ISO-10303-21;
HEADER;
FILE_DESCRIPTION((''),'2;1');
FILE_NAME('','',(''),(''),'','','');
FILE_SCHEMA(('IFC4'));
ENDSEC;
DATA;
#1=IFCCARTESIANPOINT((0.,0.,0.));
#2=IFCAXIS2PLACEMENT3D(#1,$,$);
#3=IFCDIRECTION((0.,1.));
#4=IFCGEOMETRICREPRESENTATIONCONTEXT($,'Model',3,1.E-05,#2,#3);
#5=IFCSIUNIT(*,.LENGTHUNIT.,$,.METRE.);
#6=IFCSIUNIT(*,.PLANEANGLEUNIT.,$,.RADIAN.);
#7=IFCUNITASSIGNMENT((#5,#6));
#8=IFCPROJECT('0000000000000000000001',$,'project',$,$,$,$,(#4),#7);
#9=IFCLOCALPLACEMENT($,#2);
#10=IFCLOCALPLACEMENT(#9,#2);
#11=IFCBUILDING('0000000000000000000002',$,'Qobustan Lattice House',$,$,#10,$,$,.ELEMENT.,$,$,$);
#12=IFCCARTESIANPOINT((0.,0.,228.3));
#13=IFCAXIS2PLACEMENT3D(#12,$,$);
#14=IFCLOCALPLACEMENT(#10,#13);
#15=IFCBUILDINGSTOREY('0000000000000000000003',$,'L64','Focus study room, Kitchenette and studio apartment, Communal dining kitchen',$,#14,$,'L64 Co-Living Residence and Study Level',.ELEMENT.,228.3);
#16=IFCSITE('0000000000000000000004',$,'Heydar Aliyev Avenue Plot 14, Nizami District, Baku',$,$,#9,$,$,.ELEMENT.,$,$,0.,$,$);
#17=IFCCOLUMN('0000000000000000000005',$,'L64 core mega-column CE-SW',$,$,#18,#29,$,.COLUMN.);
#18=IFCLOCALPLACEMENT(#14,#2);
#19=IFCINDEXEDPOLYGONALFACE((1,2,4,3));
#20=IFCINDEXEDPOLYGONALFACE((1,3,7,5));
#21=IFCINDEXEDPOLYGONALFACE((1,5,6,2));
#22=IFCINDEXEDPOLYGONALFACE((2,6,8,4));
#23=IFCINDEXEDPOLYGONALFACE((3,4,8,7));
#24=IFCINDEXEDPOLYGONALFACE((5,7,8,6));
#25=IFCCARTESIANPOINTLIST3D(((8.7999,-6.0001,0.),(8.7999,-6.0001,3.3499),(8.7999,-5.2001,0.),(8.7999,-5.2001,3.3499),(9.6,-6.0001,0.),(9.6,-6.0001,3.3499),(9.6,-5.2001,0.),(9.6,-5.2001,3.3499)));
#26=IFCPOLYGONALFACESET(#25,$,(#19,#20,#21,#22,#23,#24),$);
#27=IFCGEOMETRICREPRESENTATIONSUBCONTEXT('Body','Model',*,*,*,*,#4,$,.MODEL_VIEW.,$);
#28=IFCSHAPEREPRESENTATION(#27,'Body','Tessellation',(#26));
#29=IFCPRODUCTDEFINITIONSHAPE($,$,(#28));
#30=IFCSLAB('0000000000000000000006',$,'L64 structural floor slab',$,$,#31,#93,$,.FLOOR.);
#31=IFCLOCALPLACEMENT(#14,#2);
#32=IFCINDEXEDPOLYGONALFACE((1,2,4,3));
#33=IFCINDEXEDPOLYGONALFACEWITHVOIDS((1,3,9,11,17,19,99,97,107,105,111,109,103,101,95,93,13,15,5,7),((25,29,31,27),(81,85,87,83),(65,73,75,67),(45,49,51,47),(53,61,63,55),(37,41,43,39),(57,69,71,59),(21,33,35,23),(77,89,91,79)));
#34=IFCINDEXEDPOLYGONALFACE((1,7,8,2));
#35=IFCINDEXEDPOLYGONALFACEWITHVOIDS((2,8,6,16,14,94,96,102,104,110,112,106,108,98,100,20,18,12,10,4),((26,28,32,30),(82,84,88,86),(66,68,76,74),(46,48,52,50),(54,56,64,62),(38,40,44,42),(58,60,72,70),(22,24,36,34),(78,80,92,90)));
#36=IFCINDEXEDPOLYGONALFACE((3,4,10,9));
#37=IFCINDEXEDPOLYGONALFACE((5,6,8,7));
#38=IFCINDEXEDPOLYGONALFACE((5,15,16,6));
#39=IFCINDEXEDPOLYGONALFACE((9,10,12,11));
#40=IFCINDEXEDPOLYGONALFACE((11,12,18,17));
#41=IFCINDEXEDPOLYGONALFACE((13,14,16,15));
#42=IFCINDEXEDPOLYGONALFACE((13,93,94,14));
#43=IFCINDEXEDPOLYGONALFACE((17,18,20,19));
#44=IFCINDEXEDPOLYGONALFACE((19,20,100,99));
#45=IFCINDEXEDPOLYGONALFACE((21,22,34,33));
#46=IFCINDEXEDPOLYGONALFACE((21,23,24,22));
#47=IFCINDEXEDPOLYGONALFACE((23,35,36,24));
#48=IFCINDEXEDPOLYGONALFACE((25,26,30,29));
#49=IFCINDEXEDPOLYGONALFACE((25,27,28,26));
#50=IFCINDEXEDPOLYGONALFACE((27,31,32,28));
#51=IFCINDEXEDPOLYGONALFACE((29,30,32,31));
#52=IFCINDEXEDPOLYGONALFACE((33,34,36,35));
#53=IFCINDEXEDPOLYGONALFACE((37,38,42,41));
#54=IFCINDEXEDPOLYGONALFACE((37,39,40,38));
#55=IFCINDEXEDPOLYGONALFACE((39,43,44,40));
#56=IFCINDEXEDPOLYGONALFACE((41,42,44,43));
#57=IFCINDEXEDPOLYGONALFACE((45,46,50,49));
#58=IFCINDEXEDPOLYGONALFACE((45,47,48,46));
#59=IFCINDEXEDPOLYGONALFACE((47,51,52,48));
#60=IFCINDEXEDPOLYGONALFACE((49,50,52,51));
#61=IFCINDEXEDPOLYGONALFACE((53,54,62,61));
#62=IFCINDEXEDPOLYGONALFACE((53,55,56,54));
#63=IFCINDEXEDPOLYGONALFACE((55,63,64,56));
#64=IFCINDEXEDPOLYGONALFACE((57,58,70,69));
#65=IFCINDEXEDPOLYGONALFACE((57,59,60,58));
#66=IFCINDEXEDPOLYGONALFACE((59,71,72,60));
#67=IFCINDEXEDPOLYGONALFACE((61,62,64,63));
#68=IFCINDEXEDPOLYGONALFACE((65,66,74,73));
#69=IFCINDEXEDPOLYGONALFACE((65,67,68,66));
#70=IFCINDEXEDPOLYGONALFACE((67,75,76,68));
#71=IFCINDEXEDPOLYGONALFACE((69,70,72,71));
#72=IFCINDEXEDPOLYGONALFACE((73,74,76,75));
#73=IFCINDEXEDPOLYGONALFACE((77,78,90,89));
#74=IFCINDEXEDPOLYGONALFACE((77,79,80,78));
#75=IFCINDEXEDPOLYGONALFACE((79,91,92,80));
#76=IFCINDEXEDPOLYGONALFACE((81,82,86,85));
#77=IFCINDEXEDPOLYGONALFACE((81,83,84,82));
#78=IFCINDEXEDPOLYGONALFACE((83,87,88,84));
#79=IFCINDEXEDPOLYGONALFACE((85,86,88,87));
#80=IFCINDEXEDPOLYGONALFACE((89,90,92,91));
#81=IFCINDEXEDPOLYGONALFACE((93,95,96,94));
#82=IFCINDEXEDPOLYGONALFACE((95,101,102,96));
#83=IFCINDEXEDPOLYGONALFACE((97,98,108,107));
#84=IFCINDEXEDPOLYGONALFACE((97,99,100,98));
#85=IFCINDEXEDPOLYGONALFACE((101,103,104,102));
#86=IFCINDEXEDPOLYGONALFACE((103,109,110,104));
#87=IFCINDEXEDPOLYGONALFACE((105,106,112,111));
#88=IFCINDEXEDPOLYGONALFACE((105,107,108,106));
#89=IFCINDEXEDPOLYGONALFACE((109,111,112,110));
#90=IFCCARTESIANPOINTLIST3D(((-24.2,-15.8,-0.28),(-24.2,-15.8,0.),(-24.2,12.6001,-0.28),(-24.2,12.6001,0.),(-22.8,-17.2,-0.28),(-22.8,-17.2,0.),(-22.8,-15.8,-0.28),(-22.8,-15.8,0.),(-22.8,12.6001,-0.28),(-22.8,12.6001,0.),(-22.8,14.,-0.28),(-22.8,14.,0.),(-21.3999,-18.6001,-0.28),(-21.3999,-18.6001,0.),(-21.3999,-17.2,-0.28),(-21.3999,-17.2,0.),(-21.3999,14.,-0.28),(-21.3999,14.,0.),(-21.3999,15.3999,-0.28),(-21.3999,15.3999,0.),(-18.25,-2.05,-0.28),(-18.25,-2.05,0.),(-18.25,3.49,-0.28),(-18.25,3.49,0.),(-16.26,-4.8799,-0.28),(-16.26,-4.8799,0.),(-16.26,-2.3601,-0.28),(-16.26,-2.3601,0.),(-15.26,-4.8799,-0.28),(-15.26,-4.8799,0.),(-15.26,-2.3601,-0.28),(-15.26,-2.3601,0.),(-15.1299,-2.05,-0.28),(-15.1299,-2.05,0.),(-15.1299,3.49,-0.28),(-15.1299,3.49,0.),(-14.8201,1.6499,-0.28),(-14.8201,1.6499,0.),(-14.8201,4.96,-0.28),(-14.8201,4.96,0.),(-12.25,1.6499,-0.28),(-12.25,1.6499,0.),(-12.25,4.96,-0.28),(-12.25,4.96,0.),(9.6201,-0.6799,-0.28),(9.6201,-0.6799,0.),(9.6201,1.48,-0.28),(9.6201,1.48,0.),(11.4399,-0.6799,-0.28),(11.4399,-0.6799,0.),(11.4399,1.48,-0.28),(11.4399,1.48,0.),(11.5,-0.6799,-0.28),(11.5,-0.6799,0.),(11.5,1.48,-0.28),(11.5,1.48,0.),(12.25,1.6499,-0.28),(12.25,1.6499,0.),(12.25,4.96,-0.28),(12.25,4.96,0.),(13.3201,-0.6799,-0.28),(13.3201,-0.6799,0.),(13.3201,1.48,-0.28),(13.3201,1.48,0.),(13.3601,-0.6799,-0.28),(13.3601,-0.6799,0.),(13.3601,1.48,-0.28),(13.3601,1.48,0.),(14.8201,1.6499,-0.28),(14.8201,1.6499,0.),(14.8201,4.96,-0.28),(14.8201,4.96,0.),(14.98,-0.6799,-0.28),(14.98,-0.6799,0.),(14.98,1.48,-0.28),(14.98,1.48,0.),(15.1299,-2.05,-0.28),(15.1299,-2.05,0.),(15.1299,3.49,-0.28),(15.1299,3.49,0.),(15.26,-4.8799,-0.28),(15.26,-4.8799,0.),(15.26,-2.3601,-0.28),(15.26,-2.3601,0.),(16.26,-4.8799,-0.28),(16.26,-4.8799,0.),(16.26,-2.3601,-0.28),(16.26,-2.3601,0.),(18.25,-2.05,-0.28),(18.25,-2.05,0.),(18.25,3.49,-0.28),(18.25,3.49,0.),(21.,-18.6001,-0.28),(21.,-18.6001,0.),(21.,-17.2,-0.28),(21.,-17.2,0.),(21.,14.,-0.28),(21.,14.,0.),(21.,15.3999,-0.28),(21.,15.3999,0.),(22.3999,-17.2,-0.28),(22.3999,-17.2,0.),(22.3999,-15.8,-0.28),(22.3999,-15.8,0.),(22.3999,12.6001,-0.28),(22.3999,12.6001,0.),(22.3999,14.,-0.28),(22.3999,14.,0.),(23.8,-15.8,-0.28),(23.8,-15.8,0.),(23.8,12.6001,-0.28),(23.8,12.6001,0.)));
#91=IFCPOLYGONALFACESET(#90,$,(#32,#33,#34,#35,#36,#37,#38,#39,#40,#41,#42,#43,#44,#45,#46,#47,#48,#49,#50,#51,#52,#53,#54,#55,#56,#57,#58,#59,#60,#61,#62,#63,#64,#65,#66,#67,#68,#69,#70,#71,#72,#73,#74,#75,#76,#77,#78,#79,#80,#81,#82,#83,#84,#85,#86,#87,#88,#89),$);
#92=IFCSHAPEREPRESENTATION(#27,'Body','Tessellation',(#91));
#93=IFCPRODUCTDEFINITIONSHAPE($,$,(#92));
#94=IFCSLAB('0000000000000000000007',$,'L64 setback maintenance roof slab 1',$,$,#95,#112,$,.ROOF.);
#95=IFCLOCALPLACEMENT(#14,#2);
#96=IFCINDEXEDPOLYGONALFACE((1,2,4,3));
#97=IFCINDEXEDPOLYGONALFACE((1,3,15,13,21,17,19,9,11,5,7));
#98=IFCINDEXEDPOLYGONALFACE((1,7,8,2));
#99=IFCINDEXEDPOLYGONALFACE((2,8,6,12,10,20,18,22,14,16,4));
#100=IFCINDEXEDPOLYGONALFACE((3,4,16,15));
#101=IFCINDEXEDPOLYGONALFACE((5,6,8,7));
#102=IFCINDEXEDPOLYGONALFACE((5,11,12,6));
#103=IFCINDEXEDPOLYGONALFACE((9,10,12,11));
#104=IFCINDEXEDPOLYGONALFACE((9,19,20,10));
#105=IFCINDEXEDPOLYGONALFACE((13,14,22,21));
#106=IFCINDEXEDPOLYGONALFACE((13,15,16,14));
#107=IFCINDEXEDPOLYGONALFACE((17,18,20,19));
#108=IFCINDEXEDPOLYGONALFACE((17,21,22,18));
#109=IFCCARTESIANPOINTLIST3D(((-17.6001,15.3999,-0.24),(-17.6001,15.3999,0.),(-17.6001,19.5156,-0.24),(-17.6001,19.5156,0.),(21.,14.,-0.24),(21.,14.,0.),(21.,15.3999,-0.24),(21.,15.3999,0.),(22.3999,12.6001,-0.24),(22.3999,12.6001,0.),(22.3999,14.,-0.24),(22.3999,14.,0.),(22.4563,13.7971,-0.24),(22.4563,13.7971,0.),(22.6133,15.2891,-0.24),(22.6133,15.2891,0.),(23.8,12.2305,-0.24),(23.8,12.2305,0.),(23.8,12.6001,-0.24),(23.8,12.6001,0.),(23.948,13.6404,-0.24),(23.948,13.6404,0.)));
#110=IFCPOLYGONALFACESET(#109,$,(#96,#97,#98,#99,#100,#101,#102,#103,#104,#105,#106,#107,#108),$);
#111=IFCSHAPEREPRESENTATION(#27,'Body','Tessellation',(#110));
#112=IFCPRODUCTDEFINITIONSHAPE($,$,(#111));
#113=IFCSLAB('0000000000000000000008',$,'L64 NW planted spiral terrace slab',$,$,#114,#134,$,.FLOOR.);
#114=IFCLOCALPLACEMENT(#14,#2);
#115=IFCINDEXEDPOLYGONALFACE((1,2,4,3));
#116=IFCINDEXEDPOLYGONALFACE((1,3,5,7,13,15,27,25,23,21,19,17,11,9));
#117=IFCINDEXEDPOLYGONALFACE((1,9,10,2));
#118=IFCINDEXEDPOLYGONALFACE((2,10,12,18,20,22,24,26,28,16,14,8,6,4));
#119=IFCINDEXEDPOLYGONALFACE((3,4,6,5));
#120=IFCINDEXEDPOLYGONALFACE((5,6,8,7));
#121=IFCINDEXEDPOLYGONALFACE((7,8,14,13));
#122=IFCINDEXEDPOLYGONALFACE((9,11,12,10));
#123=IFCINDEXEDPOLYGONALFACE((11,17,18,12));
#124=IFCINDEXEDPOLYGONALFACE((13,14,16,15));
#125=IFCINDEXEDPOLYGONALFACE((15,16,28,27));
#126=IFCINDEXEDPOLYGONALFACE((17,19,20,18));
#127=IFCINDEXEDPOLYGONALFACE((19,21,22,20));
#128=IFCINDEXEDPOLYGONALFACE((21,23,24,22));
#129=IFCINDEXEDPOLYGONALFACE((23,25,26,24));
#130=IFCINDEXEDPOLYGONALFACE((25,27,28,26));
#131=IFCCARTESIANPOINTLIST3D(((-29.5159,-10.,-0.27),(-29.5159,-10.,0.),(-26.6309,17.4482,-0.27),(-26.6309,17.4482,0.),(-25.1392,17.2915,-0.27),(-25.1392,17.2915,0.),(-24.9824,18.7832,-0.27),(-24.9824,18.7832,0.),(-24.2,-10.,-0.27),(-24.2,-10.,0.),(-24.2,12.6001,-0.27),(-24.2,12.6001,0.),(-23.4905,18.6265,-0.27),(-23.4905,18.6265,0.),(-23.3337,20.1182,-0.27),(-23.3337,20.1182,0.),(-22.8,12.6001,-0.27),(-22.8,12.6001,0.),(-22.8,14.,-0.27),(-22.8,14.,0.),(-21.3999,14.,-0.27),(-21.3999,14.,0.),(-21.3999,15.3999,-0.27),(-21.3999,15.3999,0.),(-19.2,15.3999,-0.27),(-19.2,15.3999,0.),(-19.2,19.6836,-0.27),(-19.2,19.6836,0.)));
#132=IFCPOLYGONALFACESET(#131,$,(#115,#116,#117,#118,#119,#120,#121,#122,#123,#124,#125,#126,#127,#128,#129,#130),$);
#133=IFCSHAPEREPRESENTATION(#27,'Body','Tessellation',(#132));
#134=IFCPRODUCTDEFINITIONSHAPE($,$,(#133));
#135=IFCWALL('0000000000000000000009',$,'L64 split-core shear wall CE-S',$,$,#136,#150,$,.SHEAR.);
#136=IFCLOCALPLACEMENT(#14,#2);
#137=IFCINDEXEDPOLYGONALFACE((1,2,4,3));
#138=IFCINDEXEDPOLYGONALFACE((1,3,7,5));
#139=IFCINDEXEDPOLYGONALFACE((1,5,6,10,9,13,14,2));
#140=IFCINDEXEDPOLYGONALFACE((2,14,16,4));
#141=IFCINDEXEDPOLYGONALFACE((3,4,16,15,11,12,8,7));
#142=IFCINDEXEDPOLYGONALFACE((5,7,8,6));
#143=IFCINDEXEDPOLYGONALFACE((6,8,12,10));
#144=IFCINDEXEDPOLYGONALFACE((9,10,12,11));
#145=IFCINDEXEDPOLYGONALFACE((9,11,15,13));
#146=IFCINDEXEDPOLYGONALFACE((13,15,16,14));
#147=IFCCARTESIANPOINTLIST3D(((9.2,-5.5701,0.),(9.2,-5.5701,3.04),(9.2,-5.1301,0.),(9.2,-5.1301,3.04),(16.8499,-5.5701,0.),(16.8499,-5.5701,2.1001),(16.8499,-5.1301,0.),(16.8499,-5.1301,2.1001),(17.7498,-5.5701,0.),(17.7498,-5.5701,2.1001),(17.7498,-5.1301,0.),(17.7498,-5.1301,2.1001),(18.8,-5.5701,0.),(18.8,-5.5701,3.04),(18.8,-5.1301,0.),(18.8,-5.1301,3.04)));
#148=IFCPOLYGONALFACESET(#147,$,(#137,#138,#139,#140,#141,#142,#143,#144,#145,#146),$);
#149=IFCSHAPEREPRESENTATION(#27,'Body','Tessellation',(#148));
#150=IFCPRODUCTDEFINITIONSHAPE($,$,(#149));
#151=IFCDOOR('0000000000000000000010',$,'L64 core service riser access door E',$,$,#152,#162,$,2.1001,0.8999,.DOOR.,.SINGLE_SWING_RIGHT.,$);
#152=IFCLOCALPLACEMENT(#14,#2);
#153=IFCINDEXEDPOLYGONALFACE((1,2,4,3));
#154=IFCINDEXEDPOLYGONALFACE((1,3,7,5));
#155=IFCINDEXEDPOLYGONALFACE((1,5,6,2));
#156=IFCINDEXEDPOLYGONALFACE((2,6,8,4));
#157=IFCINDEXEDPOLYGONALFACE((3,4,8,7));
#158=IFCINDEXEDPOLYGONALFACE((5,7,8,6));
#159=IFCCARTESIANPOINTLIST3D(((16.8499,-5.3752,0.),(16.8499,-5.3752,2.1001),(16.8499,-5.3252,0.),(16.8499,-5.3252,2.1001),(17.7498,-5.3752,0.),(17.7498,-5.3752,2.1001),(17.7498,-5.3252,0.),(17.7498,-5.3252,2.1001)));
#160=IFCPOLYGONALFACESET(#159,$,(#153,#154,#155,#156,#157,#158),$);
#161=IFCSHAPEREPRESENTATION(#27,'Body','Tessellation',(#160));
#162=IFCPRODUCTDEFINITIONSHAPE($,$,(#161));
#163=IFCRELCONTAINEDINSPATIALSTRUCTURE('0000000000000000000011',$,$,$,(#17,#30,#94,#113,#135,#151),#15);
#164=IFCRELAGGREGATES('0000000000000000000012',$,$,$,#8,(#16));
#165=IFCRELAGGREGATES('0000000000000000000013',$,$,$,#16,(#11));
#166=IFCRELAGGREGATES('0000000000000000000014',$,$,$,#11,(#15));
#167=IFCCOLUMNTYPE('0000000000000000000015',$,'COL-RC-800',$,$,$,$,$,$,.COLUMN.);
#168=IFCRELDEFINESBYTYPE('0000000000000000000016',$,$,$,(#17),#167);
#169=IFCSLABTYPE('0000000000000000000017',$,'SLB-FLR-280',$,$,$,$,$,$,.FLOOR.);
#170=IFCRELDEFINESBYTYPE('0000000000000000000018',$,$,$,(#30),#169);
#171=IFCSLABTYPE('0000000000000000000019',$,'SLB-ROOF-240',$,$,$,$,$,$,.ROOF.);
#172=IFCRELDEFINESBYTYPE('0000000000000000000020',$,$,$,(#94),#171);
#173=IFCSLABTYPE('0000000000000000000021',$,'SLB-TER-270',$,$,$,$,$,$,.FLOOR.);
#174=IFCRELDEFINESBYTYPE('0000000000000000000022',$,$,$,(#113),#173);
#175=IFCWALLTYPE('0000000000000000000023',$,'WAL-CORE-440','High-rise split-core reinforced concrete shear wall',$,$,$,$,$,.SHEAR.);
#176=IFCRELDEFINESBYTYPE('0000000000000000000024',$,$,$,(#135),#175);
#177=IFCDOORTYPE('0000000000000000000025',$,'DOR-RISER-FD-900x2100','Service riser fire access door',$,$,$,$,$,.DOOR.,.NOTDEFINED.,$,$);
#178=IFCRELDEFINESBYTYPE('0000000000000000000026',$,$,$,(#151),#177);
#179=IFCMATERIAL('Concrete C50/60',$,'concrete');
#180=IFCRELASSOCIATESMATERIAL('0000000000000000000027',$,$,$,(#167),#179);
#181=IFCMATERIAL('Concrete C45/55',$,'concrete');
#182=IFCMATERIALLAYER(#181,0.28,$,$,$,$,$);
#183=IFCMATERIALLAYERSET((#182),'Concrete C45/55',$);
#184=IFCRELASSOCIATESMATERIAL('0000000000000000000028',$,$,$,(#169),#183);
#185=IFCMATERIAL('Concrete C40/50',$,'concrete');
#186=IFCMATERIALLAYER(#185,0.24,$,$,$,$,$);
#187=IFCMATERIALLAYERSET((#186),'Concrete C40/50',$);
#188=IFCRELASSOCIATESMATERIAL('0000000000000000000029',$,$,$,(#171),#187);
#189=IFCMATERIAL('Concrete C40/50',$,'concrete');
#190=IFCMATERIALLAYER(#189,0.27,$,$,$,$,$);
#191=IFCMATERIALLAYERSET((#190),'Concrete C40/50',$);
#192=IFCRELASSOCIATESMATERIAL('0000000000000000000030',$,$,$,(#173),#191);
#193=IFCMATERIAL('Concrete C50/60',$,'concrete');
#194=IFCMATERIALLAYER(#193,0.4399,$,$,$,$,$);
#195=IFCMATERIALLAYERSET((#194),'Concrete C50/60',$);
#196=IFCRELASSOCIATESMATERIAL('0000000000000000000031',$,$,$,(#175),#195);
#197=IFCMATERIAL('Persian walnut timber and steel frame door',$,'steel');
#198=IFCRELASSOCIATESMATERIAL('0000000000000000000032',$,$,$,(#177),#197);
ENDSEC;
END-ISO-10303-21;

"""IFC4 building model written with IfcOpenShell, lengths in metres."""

from ifc_helpers import new_model, si_unit, direction, frame, frame_2d, origin, origin_2d, place, context, subcontext, project, spatial, polyline, rectangle, outline, extrude, material, layer, layer_set, material_profile, profile_set, type_object, element, fill, save


model = new_model("IFC4")

# Units and contexts
model_context = context("Model", 3, precision=1e-05, world=origin(), true_north=direction((0.0, 1.0)))
body_context = subcontext(model_context, "Body", "Model", "MODEL_VIEW")
ifc_project = project(units=[si_unit("LENGTHUNIT", "METRE"), si_unit("PLANEANGLEUNIT", "RADIAN")], contexts=[model_context])

# Site, building, storey
site_placement = place(None, origin())
site = spatial("IfcSite", under=ifc_project, at=site_placement, Name="Heydar Aliyev Avenue Plot 14, Nizami District, Baku", CompositionType="ELEMENT", RefElevation=0.0)
building_placement = place(site_placement, origin())
building = spatial("IfcBuilding", under=site, at=building_placement, Name="Qobustan Lattice House", CompositionType="ELEMENT")
storey_placement = place(building_placement, frame((0.0, 0.0, 228.3)))
storey = spatial("IfcBuildingStorey", under=building, at=storey_placement, Name="L64", Description="Focus study room, Kitchenette and studio apartment, Communal dining kitchen", LongName="L64 Co-Living Residence and Study Level", CompositionType="ELEMENT", Elevation=228.3)

# Column
ifc_material_1 = material(Name="Concrete C50/60", Category="concrete")
ifc_material_profile = material_profile(ifc_material_1, rectangle(XDim=0.8, YDim=0.8, at=origin_2d()), Name="RC800x800")
ifc_profile_set = profile_set([ifc_material_profile], Name="Concrete C50/60")
column_type = type_object("IfcColumnType", Name="COL-RC-800", PredefinedType="COLUMN", material=ifc_profile_set)
column_placement = place(storey_placement, frame((9.2, -5.6001, 0.0), z_axis=(0.0, 0.0, 1.0), x_axis=(1.0, 0.0, 0.0)))
element("IfcColumn", 1, at=column_placement, inside=storey, type_object=column_type, Name="L64 core mega-column CE-SW", PredefinedType="COLUMN", context=body_context, shape_type="SweptSolid", body=[
    extrude(rectangle(XDim=0.8, YDim=0.8, at=origin_2d()), origin(), (0.0, 0.0, 1.0), 3.3499),
])

# Slabs
ifc_material_2 = material(Name="Concrete C45/55", Category="concrete")
ifc_layer_1 = layer(ifc_material_2, 0.28)
ifc_layer_set_1 = layer_set([ifc_layer_1], Name="Concrete C45/55")
slab_type_1 = type_object("IfcSlabType", Name="SLB-FLR-280", PredefinedType="FLOOR", material=ifc_layer_set_1)
slab_1_placement = place(storey_placement, frame((0.0, 0.0, -0.28)))
element("IfcSlab", 2, at=slab_1_placement, inside=storey, type_object=slab_type_1, Name="L64 structural floor slab", PredefinedType="FLOOR", context=body_context, shape_type="SweptSolid", body=[
    extrude(outline(polyline([(-21.3999, -18.6001), (21.0, -18.6001), (21.0, -17.2), (22.3999, -17.2), (22.3999, -15.8), (23.8, -15.8), (23.8, 12.6001), (22.3999, 12.6001), (22.3999, 14.0), (21.0, 14.0), (21.0, 15.3999), (-21.3999, 15.3999), (-21.3999, 14.0), (-22.8, 14.0), (-22.8, 12.6001), (-24.2, 12.6001), (-24.2, -15.8), (-22.8, -15.8), (-22.8, -17.2), (-21.3999, -17.2), (-21.3999, -18.6001)]), holes=[polyline([(-18.25, -2.05), (-18.25, 3.49), (-15.1299, 3.49), (-15.1299, -2.05), (-18.25, -2.05)]), polyline([(15.1299, -2.05), (15.1299, 3.49), (18.25, 3.49), (18.25, -2.05), (15.1299, -2.05)]), polyline([(-14.8201, 1.6499), (-14.8201, 4.96), (-12.25, 4.96), (-12.25, 1.6499), (-14.8201, 1.6499)]), polyline([(12.25, 1.6499), (12.25, 4.96), (14.8201, 4.96), (14.8201, 1.6499), (12.25, 1.6499)]), polyline([(-16.26, -4.8799), (-16.26, -2.3601), (-15.26, -2.3601), (-15.26, -4.8799), (-16.26, -4.8799)]), polyline([(15.26, -4.8799), (15.26, -2.3601), (16.26, -2.3601), (16.26, -4.8799), (15.26, -4.8799)]), polyline([(13.3601, -0.6799), (13.3601, 1.48), (14.98, 1.48), (14.98, -0.6799), (13.3601, -0.6799)]), polyline([(9.6201, -0.6799), (9.6201, 1.48), (11.4399, 1.48), (11.4399, -0.6799), (9.6201, -0.6799)]), polyline([(11.5, -0.6799), (11.5, 1.48), (13.3201, 1.48), (13.3201, -0.6799), (11.5, -0.6799)])]), origin(), (0.0, 0.0, 1.0), 0.28),
])
ifc_material_3 = material(Name="Concrete C40/50", Category="concrete")
ifc_layer_2 = layer(ifc_material_3, 0.24)
ifc_layer_set_2 = layer_set([ifc_layer_2], Name="Concrete C40/50")
slab_type_2 = type_object("IfcSlabType", Name="SLB-ROOF-240", PredefinedType="ROOF", material=ifc_layer_set_2)
slab_2_placement = place(storey_placement, frame((0.0, 0.0, -0.24)))
element("IfcSlab", 3, at=slab_2_placement, inside=storey, type_object=slab_type_2, Name="L64 setback maintenance roof slab 1", PredefinedType="ROOF", context=body_context, shape_type="SweptSolid", body=[
    extrude(outline(polyline([(-17.6001, 19.5156), (-17.6001, 15.3999), (21.0, 15.3999), (21.0, 14.0), (22.3999, 14.0), (22.3999, 12.6001), (23.8, 12.6001), (23.8, 12.2305), (23.948, 13.6404), (22.4563, 13.7971), (22.6133, 15.2891), (-17.6001, 19.5156)])), origin(), (0.0, 0.0, 1.0), 0.24),
])
ifc_material_4 = material(Name="Concrete C40/50", Category="concrete")
ifc_layer_3 = layer(ifc_material_4, 0.27)
ifc_layer_set_3 = layer_set([ifc_layer_3], Name="Concrete C40/50")
slab_type_3 = type_object("IfcSlabType", Name="SLB-TER-270", PredefinedType="FLOOR", material=ifc_layer_set_3)
slab_3_placement = place(storey_placement, frame((0.0, 0.0, -0.27)))
element("IfcSlab", 4, at=slab_3_placement, inside=storey, type_object=slab_type_3, Name="L64 NW planted spiral terrace slab", PredefinedType="FLOOR", context=body_context, shape_type="SweptSolid", body=[
    extrude(outline(polyline([(-29.5159, -10.0), (-24.2, -10.0), (-24.2, 12.6001), (-22.8, 12.6001), (-22.8, 14.0), (-21.3999, 14.0), (-21.3999, 15.3999), (-19.2, 15.3999), (-19.2, 19.6836), (-23.3337, 20.1182), (-23.4905, 18.6265), (-24.9824, 18.7832), (-25.1392, 17.2915), (-26.6309, 17.4482), (-29.5159, -10.0)])), origin(), (0.0, 0.0, 1.0), 0.27),
])

# Wall, opening, door
ifc_material_5 = material(Name="Concrete C50/60", Category="concrete")
ifc_layer_4 = layer(ifc_material_5, 0.4399)
ifc_layer_set_4 = layer_set([ifc_layer_4], Name="Concrete C50/60")
wall_type_1 = type_object("IfcWallType", Name="WAL-CORE-440", Description="High-rise split-core reinforced concrete shear wall", PredefinedType="SHEAR", material=ifc_layer_set_4)
wall_1_placement = place(storey_placement, frame((9.2, -5.3501, 0.0), z_axis=(0.0, 0.0, 1.0), x_axis=(1.0, 0.0, 0.0)))
wall_1 = element("IfcWall", 5, at=wall_1_placement, inside=storey, type_object=wall_type_1, Name="L64 split-core shear wall CE-S", PredefinedType="SHEAR", context=body_context, shape_type="SweptSolid", body=[
    extrude(rectangle(XDim=9.6001, YDim=0.4399, at=frame_2d((4.8, 0.0))), origin(), (0.0, 0.0, 1.0), 3.04),
])
opening_1_placement = place(wall_1_placement, frame((7.6499, 0.0, 0.0)))
opening_1 = element("IfcOpeningElement", 6, at=opening_1_placement, cuts=wall_1, PredefinedType="OPENING", context=body_context, shape_type="SweptSolid", body=[
    extrude(rectangle(XDim=0.8999, YDim=2.1001, at=frame_2d((0.45, 1.05))), frame((0.0, 0.23, 0.0), z_axis=(0.0, -1.0, 0.0), x_axis=(1.0, 0.0, 0.0)), (0.0, 0.0, 1.0), 0.46),
])
ifc_material_6 = material(Name="Persian walnut timber and steel frame door", Category="steel")
door_type_1 = type_object("IfcDoorType", Name="DOR-RISER-FD-900x2100", Description="Service riser fire access door", OperationType="NOTDEFINED", PredefinedType="DOOR", material=ifc_material_6)
door_1_placement = place(opening_1_placement, origin())
door_1 = element("IfcDoor", 7, at=door_1_placement, inside=storey, type_object=door_type_1, Name="L64 core service riser access door E", OperationType="SINGLE_SWING_RIGHT", OverallHeight=2.1001, OverallWidth=0.8999, PredefinedType="DOOR", context=body_context, shape_type="SweptSolid", body=[
    extrude(rectangle(XDim=0.8999, YDim=2.1001, at=frame_2d((0.45, 1.05))), frame((0.0, 0.0249, 0.0), z_axis=(0.0, -1.0, 0.0), x_axis=(1.0, 0.0, 0.0)), (0.0, 0.0, 1.0), 0.05),
])
fill(opening_1, door_1)

save(model, "model.ifc")
